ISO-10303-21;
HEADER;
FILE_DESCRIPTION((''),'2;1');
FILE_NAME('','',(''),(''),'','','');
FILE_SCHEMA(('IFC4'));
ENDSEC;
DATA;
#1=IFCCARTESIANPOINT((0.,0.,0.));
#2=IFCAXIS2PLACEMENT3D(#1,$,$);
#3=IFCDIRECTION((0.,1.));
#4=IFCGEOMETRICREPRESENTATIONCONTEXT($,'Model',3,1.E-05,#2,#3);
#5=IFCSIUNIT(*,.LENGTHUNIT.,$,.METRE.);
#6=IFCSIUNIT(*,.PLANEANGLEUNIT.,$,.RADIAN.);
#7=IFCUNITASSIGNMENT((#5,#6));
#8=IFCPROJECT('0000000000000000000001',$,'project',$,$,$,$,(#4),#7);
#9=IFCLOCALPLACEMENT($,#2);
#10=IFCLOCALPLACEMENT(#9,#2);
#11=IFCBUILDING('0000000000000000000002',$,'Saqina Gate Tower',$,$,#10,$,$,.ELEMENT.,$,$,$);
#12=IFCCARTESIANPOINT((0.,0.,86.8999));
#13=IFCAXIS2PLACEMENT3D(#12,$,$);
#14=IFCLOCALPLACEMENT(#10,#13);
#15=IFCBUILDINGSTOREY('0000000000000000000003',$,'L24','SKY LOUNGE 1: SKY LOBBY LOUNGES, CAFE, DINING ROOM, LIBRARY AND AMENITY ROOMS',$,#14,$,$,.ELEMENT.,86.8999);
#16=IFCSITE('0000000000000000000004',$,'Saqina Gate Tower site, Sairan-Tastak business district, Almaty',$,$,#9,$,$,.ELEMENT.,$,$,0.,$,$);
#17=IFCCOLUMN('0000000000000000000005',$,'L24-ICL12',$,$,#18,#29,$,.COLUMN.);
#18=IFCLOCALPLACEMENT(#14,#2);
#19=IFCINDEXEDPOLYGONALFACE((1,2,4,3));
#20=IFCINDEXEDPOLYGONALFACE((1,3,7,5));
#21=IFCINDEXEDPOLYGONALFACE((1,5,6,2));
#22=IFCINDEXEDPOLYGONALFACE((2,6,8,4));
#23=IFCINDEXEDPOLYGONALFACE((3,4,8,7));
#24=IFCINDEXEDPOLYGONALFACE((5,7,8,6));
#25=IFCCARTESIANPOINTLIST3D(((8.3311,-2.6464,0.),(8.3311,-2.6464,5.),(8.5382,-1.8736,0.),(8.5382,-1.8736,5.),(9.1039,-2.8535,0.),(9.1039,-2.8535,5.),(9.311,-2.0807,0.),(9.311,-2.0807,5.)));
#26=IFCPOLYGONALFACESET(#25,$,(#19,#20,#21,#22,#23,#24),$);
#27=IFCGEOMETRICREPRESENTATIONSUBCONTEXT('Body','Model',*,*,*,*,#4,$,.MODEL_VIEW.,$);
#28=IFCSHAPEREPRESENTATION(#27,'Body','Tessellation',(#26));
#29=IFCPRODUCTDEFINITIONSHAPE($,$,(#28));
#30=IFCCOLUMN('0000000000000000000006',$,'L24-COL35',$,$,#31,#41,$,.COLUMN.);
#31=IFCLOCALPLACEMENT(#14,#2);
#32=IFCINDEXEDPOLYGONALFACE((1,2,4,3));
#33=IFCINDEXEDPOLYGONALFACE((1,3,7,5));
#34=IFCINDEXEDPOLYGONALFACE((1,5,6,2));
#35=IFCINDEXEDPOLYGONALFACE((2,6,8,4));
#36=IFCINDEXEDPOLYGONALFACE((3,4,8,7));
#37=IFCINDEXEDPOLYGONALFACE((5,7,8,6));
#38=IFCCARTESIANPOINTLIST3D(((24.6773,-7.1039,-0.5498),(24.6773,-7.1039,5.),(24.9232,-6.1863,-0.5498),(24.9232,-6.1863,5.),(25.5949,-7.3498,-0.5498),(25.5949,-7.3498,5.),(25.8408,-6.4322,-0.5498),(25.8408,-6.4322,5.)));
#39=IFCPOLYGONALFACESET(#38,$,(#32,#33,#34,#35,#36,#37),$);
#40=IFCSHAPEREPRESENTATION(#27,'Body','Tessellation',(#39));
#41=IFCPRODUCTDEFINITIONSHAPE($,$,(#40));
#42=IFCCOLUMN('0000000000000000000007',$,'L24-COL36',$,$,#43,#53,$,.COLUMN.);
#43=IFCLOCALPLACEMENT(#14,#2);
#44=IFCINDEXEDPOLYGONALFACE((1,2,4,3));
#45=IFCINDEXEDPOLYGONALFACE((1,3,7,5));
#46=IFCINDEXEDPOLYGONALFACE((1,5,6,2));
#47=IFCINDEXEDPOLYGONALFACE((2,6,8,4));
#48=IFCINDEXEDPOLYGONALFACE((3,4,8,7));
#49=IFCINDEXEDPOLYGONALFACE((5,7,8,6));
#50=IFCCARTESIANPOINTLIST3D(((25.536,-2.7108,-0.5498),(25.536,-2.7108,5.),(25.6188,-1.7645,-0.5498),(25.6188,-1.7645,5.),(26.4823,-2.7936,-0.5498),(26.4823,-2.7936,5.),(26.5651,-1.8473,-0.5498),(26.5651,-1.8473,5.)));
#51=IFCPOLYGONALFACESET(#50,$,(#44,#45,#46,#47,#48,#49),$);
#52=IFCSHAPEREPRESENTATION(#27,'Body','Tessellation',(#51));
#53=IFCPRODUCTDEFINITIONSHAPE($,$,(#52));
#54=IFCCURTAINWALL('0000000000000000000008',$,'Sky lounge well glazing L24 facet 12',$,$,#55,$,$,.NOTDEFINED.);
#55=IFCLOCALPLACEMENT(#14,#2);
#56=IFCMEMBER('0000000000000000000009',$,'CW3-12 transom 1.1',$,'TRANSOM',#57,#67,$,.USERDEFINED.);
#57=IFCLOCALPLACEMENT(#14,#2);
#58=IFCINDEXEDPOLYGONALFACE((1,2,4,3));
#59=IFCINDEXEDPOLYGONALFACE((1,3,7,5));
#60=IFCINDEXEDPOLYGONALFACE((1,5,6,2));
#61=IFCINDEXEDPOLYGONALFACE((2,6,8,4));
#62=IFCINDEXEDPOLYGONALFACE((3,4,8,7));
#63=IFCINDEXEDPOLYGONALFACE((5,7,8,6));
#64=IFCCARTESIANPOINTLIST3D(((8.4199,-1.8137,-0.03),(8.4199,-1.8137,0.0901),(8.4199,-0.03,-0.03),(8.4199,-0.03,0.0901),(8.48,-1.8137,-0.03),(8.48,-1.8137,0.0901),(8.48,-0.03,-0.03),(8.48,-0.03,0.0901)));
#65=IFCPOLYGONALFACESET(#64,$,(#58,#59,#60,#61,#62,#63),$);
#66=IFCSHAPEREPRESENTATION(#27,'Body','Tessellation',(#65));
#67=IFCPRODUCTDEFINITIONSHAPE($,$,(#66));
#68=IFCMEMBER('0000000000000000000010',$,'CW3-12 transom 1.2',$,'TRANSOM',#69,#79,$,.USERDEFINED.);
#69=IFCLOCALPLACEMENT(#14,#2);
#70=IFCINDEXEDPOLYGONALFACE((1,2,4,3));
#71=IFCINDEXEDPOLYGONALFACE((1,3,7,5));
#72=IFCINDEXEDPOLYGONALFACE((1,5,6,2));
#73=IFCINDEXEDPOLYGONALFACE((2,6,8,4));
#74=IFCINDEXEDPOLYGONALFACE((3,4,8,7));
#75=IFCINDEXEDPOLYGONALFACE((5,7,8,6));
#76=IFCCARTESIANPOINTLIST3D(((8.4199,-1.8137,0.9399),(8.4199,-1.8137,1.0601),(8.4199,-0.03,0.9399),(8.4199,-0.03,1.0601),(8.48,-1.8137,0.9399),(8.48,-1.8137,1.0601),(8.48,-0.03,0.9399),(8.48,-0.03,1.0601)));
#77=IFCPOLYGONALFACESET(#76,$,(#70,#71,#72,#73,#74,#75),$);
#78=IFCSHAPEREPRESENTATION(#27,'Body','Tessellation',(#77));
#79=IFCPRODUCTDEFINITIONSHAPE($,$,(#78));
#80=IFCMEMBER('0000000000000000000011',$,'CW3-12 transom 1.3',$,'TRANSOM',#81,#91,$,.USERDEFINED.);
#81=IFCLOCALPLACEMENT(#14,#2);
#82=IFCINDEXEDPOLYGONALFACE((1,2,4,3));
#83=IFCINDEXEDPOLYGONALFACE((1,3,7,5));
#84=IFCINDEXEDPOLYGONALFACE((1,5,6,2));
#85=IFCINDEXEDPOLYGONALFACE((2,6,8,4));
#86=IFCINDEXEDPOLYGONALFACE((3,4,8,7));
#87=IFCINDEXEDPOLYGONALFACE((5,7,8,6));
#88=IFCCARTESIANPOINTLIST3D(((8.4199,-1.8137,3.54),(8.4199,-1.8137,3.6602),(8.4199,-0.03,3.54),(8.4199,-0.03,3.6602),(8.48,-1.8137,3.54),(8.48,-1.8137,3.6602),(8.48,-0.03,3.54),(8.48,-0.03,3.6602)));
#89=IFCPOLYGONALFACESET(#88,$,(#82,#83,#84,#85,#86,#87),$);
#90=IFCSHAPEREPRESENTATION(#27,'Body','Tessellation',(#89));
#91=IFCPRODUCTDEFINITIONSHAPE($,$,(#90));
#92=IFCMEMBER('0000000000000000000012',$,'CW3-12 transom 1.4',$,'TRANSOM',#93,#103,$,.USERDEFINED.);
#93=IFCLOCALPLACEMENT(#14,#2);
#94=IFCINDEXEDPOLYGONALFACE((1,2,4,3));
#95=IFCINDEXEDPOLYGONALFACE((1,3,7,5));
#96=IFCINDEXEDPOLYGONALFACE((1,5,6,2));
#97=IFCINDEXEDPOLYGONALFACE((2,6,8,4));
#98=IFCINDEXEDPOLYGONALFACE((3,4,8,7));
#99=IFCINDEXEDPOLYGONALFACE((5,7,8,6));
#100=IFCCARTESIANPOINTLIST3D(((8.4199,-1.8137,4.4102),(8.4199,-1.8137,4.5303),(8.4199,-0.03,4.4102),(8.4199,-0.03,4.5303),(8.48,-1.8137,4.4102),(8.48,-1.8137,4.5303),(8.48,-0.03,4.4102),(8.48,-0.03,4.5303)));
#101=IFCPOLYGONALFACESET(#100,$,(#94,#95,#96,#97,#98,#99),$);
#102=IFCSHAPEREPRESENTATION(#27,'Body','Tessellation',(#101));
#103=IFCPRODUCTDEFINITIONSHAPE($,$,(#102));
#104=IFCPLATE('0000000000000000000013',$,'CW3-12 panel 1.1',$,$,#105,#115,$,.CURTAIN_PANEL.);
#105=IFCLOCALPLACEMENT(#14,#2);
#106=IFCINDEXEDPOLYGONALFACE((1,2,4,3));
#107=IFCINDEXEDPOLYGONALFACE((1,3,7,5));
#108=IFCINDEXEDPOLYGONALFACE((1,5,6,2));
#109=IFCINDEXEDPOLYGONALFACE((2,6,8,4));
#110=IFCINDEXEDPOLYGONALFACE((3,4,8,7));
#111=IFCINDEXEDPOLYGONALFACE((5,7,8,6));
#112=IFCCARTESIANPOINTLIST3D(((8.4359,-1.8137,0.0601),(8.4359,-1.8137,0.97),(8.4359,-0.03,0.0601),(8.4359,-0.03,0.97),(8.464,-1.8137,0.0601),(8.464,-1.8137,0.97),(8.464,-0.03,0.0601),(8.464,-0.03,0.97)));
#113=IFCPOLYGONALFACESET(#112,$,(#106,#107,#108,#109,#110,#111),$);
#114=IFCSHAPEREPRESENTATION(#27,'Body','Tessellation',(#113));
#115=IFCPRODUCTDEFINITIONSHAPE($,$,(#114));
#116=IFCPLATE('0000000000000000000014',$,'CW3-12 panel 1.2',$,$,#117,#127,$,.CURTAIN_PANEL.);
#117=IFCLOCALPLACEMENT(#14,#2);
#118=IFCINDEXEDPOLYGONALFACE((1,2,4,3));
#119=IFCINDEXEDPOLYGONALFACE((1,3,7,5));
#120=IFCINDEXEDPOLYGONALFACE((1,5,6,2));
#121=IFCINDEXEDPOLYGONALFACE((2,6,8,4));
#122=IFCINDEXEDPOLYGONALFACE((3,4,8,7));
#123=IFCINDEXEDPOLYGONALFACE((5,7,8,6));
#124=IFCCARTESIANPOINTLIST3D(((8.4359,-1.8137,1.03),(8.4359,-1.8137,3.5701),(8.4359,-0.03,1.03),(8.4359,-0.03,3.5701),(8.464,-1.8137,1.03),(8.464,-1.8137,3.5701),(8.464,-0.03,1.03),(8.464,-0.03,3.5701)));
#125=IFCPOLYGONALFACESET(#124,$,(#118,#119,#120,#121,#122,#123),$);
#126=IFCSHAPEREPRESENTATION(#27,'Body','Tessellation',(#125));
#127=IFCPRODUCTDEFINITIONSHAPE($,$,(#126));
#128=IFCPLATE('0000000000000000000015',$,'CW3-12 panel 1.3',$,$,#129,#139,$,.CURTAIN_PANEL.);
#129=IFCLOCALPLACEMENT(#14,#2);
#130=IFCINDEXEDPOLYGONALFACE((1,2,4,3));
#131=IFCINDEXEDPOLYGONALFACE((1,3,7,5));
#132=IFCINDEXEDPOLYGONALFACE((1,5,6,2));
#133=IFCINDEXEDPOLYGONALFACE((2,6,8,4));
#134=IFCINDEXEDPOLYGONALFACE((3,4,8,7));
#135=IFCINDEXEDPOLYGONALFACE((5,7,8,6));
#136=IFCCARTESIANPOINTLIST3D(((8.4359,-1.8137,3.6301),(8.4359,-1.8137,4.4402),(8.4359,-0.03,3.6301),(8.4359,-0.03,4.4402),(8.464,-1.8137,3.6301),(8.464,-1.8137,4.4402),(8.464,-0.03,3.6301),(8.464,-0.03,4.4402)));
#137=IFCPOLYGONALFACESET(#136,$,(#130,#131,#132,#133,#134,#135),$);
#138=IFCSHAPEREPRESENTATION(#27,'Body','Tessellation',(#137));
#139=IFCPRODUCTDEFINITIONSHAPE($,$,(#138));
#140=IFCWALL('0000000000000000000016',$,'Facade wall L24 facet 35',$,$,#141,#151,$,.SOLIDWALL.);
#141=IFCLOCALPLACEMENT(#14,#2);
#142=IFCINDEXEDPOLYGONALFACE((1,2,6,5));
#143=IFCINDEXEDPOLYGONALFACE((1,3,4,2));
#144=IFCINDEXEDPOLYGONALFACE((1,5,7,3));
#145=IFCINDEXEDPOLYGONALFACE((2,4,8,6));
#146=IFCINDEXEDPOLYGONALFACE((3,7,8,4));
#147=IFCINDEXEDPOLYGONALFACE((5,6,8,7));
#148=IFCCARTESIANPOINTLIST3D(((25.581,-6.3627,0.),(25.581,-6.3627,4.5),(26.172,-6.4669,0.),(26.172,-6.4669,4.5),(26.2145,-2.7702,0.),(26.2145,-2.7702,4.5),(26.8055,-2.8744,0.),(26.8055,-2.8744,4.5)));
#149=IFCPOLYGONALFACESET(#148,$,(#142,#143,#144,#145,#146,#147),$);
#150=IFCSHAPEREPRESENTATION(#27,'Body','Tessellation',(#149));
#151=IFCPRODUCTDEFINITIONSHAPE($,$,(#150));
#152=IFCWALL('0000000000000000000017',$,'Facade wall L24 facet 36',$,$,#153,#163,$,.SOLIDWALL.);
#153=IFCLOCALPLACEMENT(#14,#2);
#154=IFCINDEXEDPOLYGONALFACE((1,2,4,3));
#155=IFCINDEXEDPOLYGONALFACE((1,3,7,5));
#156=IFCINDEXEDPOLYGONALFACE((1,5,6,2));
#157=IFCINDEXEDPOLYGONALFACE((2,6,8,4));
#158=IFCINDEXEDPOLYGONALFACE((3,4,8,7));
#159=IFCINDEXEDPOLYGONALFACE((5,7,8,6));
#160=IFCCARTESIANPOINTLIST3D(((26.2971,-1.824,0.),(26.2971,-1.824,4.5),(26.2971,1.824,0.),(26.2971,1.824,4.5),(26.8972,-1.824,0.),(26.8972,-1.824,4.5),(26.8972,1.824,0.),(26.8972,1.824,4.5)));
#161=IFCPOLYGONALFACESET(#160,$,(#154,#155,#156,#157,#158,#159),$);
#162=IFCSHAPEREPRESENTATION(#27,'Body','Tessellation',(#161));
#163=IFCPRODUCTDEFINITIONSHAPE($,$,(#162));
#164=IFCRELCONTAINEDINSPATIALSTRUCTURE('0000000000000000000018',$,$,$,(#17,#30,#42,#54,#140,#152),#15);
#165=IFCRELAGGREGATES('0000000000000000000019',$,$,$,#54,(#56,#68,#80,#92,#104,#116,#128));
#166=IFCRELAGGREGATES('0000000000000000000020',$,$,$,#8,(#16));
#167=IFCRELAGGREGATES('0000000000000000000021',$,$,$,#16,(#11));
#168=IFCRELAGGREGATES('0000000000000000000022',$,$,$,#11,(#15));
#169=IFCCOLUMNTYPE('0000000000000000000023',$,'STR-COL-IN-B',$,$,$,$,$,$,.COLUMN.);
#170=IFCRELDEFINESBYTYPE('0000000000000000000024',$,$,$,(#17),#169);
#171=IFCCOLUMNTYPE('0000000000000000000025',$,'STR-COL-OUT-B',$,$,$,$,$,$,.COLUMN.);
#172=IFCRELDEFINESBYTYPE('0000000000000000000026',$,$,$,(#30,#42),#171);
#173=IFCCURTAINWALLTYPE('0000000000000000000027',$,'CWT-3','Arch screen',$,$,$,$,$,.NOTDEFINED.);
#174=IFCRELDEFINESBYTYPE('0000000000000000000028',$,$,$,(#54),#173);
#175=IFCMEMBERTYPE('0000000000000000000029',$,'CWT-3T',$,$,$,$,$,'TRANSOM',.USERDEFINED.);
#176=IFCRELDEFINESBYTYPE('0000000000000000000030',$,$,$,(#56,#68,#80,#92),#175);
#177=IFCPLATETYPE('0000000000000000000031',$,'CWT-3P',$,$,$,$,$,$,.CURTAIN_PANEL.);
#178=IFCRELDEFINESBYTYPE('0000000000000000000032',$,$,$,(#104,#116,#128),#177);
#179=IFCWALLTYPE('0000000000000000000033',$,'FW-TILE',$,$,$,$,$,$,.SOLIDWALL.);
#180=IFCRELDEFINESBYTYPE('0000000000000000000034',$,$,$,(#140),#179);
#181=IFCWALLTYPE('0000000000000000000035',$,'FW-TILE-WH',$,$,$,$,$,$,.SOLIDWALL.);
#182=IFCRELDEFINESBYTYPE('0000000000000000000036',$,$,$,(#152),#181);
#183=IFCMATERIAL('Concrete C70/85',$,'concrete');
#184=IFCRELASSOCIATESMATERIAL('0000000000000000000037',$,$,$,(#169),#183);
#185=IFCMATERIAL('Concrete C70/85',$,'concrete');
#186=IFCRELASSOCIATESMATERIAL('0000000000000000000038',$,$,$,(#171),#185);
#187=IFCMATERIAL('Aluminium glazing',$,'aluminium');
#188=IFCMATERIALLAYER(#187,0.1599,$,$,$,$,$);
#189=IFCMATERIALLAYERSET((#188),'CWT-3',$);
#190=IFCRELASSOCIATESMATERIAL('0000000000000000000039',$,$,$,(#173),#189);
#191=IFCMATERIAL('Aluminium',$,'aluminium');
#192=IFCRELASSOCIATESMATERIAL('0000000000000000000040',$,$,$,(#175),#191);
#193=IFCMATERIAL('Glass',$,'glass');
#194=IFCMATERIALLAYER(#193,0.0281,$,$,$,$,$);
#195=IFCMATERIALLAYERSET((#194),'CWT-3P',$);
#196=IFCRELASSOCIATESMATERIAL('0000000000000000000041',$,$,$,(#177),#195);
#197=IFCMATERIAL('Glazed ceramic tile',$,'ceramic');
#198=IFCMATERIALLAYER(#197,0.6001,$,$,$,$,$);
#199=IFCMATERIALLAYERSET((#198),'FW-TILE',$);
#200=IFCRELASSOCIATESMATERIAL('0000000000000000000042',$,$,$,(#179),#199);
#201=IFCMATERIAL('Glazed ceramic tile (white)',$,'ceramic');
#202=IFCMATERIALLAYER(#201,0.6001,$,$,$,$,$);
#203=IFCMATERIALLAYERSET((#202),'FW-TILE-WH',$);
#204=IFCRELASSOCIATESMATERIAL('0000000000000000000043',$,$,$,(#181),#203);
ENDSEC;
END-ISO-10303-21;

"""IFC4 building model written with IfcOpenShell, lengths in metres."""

from ifc_helpers import new_model, si_unit, direction, frame, frame_2d, origin, origin_2d, place, context, subcontext, project, spatial, rectangle, extrude, material, layer, layer_set, material_profile, profile_set, type_object, element, aggregate, save


model = new_model("IFC4")

# Units and contexts
model_context = context("Model", 3, precision=1e-05, world=origin(), true_north=direction((0.0, 1.0)))
body_context = subcontext(model_context, "Body", "Model", "MODEL_VIEW")
ifc_project = project(units=[si_unit("LENGTHUNIT", "METRE"), si_unit("PLANEANGLEUNIT", "RADIAN")], contexts=[model_context])

# Site, building, storey
site_placement = place(None, origin())
site = spatial("IfcSite", under=ifc_project, at=site_placement, Name="Saqina Gate Tower site, Sairan-Tastak business district, Almaty", CompositionType="ELEMENT", RefElevation=0.0)
building_placement = place(site_placement, origin())
building = spatial("IfcBuilding", under=site, at=building_placement, Name="Saqina Gate Tower", CompositionType="ELEMENT")
storey_placement = place(building_placement, frame((0.0, 0.0, 86.8999)))
storey = spatial("IfcBuildingStorey", under=building, at=storey_placement, Name="L24", Description="SKY LOUNGE 1: SKY LOBBY LOUNGES, CAFE, DINING ROOM, LIBRARY AND AMENITY ROOMS", CompositionType="ELEMENT", Elevation=86.8999)

# Columns
ifc_material_1 = material(Name="Concrete C70/85", Category="concrete")
ifc_material_profile_1 = material_profile(ifc_material_1, rectangle(XDim=0.8, YDim=0.8, at=origin_2d()), Name="RC 800x800")
ifc_profile_set_1 = profile_set([ifc_material_profile_1], Name="Concrete C70/85")
column_type_1 = type_object("IfcColumnType", Name="STR-COL-IN-B", PredefinedType="COLUMN", material=ifc_profile_set_1)
column_placement = place(storey_placement, frame((8.821, -2.3635, 0.0), z_axis=(0.0, 0.0, 1.0), x_axis=(0.965926, -0.258819, 0.0)))
element("IfcColumn", 1, at=column_placement, inside=storey, type_object=column_type_1, Name="L24-ICL12", PredefinedType="COLUMN", context=body_context, shape_type="SweptSolid", body=[
    extrude(rectangle(XDim=0.8, YDim=0.8, at=origin_2d()), origin(), (0.0, 0.0, 1.0), 5.0),
])
ifc_material_2 = material(Name="Concrete C70/85", Category="concrete")
ifc_material_profile_2 = material_profile(ifc_material_2, rectangle(XDim=0.95, YDim=0.95, at=origin_2d()), Name="RC 950x950")
ifc_profile_set_2 = profile_set([ifc_material_profile_2], Name="Concrete C70/85")
column_type_2 = type_object("IfcColumnType", Name="STR-COL-OUT-B", PredefinedType="COLUMN", material=ifc_profile_set_2)
for number, where, z_axis, x_axis, name in (
    (2, (25.259, -6.7681, -0.5498), (0.0, 0.0, 1.0), (0.965926, -0.258819, 0.0), "L24-COL35"),
    (3, (26.0505, -2.2791, -0.5498), (0.0, 0.0, 1.0), (0.996195, -0.087156, 0.0), "L24-COL36"),
):
    element("IfcColumn", number, at=place(storey_placement, frame(where, z_axis=z_axis, x_axis=x_axis)), inside=storey, type_object=column_type_2, Name=name, PredefinedType="COLUMN", context=body_context, shape_type="SweptSolid", body=[
        extrude(rectangle(XDim=0.95, YDim=0.95, at=origin_2d()), origin(), (0.0, 0.0, 1.0), 5.5498),
    ])

# Curtain wall, members, plates
ifc_material_3 = material(Name="Aluminium glazing", Category="aluminium")
ifc_layer_1 = layer(ifc_material_3, 0.1599)
ifc_layer_set_1 = layer_set([ifc_layer_1], Name="CWT-3")
curtain_wall_type = type_object("IfcCurtainWallType", Name="CWT-3", Description="Arch screen", PredefinedType="NOTDEFINED", material=ifc_layer_set_1)
curtain_wall_placement = place(storey_placement, origin())
curtain_wall = element("IfcCurtainWall", 4, at=curtain_wall_placement, inside=storey, type_object=curtain_wall_type, Name="Sky lounge well glazing L24 facet 12", PredefinedType="NOTDEFINED")
ifc_material_4 = material(Name="Aluminium", Category="aluminium")
ifc_material_profile_3 = material_profile(ifc_material_4, rectangle(XDim=0.0601, YDim=0.1201, at=origin_2d()), Name="Aluminium 60x120")
ifc_profile_set_3 = profile_set([ifc_material_profile_3], Name="Aluminium")
member_type = type_object("IfcMemberType", Name="CWT-3T", ElementType="TRANSOM", PredefinedType="USERDEFINED", material=ifc_profile_set_3)
member_1_placement = place(storey_placement, frame((8.45, -1.8137, 0.03), z_axis=(0.0, 1.0, 0.0), x_axis=(-1.0, 0.0, 0.0)))
member_1 = element("IfcMember", 5, at=member_1_placement, type_object=member_type, Name="CW3-12 transom 1.1", ObjectType="TRANSOM", PredefinedType="USERDEFINED", context=body_context, shape_type="SweptSolid", body=[
    extrude(rectangle(XDim=0.0601, YDim=0.1201, at=origin_2d()), origin(), (0.0, 0.0, 1.0), 1.7837),
])
member_2_placement = place(storey_placement, frame((8.45, -1.8137, 1.0), z_axis=(0.0, 1.0, 0.0), x_axis=(-1.0, 0.0, 0.0)))
member_2 = element("IfcMember", 6, at=member_2_placement, type_object=member_type, Name="CW3-12 transom 1.2", ObjectType="TRANSOM", PredefinedType="USERDEFINED", context=body_context, shape_type="SweptSolid", body=[
    extrude(rectangle(XDim=0.0601, YDim=0.1201, at=origin_2d()), origin(), (0.0, 0.0, 1.0), 1.7837),
])
member_3_placement = place(storey_placement, frame((8.45, -1.8137, 3.6001), z_axis=(0.0, 1.0, 0.0), x_axis=(-1.0, 0.0, 0.0)))
member_3 = element("IfcMember", 7, at=member_3_placement, type_object=member_type, Name="CW3-12 transom 1.3", ObjectType="TRANSOM", PredefinedType="USERDEFINED", context=body_context, shape_type="SweptSolid", body=[
    extrude(rectangle(XDim=0.0601, YDim=0.1201, at=origin_2d()), origin(), (0.0, 0.0, 1.0), 1.7837),
])
member_4_placement = place(storey_placement, frame((8.45, -1.8137, 4.4702), z_axis=(0.0, 1.0, 0.0), x_axis=(-1.0, 0.0, 0.0)))
member_4 = element("IfcMember", 8, at=member_4_placement, type_object=member_type, Name="CW3-12 transom 1.4", ObjectType="TRANSOM", PredefinedType="USERDEFINED", context=body_context, shape_type="SweptSolid", body=[
    extrude(rectangle(XDim=0.0601, YDim=0.1201, at=origin_2d()), origin(), (0.0, 0.0, 1.0), 1.7837),
])
ifc_material_5 = material(Name="Glass", Category="glass")
ifc_layer_2 = layer(ifc_material_5, 0.0281)
ifc_layer_set_2 = layer_set([ifc_layer_2], Name="CWT-3P")
plate_type = type_object("IfcPlateType", Name="CWT-3P", PredefinedType="CURTAIN_PANEL", material=ifc_layer_set_2)
plate_1_placement = place(storey_placement, frame((8.45, -0.9219, 0.0601), z_axis=(0.0, 0.0, 1.0), x_axis=(0.0, 1.0, 0.0)))
plate_1 = element("IfcPlate", 9, at=plate_1_placement, type_object=plate_type, Name="CW3-12 panel 1.1", PredefinedType="CURTAIN_PANEL", context=body_context, shape_type="SweptSolid", body=[
    extrude(rectangle(XDim=1.7837, YDim=0.0281, at=origin_2d()), origin(), (0.0, 0.0, 1.0), 0.9099),
])
plate_2_placement = place(storey_placement, frame((8.45, -0.9219, 1.03), z_axis=(0.0, 0.0, 1.0), x_axis=(0.0, 1.0, 0.0)))
plate_2 = element("IfcPlate", 10, at=plate_2_placement, type_object=plate_type, Name="CW3-12 panel 1.2", PredefinedType="CURTAIN_PANEL", context=body_context, shape_type="SweptSolid", body=[
    extrude(rectangle(XDim=1.7837, YDim=0.0281, at=origin_2d()), origin(), (0.0, 0.0, 1.0), 2.54),
])
plate_3_placement = place(storey_placement, frame((8.45, -0.9219, 3.6301), z_axis=(0.0, 0.0, 1.0), x_axis=(0.0, 1.0, 0.0)))
plate_3 = element("IfcPlate", 11, at=plate_3_placement, type_object=plate_type, Name="CW3-12 panel 1.3", PredefinedType="CURTAIN_PANEL", context=body_context, shape_type="SweptSolid", body=[
    extrude(rectangle(XDim=1.7837, YDim=0.0281, at=origin_2d()), origin(), (0.0, 0.0, 1.0), 0.8101),
])
aggregate(curtain_wall, [member_1, member_2, member_3, member_4, plate_1, plate_2, plate_3])

# Walls
ifc_material_6 = material(Name="Glazed ceramic tile", Category="ceramic")
ifc_layer_3 = layer(ifc_material_6, 0.6001)
ifc_layer_set_3 = layer_set([ifc_layer_3], Name="FW-TILE")
wall_type_1 = type_object("IfcWallType", Name="FW-TILE", PredefinedType="SOLIDWALL", material=ifc_layer_set_3)
wall_1_placement = place(storey_placement, frame((25.8765, -6.4148, 0.0), z_axis=(0.0, 0.0, 1.0), x_axis=(0.173671, 0.984804, 0.0)))
element("IfcWall", 12, at=wall_1_placement, inside=storey, type_object=wall_type_1, Name="Facade wall L24 facet 35", PredefinedType="SOLIDWALL", context=body_context, shape_type="SweptSolid", body=[
    extrude(rectangle(XDim=3.6479, YDim=0.6001, at=frame_2d((1.824, 0.0))), origin(), (0.0, 0.0, 1.0), 4.5),
])
ifc_material_7 = material(Name="Glazed ceramic tile (white)", Category="ceramic")
ifc_layer_4 = layer(ifc_material_7, 0.6001)
ifc_layer_set_4 = layer_set([ifc_layer_4], Name="FW-TILE-WH")
wall_type_2 = type_object("IfcWallType", Name="FW-TILE-WH", PredefinedType="SOLIDWALL", material=ifc_layer_set_4)
wall_2_placement = place(storey_placement, frame((26.5972, -1.824, 0.0), z_axis=(0.0, 0.0, 1.0), x_axis=(0.0, 1.0, 0.0)))
element("IfcWall", 13, at=wall_2_placement, inside=storey, type_object=wall_type_2, Name="Facade wall L24 facet 36", PredefinedType="SOLIDWALL", context=body_context, shape_type="SweptSolid", body=[
    extrude(rectangle(XDim=3.6479, YDim=0.6001, at=frame_2d((1.824, 0.0))), origin(), (0.0, 0.0, 1.0), 4.5),
])

save(model, "model.ifc")
